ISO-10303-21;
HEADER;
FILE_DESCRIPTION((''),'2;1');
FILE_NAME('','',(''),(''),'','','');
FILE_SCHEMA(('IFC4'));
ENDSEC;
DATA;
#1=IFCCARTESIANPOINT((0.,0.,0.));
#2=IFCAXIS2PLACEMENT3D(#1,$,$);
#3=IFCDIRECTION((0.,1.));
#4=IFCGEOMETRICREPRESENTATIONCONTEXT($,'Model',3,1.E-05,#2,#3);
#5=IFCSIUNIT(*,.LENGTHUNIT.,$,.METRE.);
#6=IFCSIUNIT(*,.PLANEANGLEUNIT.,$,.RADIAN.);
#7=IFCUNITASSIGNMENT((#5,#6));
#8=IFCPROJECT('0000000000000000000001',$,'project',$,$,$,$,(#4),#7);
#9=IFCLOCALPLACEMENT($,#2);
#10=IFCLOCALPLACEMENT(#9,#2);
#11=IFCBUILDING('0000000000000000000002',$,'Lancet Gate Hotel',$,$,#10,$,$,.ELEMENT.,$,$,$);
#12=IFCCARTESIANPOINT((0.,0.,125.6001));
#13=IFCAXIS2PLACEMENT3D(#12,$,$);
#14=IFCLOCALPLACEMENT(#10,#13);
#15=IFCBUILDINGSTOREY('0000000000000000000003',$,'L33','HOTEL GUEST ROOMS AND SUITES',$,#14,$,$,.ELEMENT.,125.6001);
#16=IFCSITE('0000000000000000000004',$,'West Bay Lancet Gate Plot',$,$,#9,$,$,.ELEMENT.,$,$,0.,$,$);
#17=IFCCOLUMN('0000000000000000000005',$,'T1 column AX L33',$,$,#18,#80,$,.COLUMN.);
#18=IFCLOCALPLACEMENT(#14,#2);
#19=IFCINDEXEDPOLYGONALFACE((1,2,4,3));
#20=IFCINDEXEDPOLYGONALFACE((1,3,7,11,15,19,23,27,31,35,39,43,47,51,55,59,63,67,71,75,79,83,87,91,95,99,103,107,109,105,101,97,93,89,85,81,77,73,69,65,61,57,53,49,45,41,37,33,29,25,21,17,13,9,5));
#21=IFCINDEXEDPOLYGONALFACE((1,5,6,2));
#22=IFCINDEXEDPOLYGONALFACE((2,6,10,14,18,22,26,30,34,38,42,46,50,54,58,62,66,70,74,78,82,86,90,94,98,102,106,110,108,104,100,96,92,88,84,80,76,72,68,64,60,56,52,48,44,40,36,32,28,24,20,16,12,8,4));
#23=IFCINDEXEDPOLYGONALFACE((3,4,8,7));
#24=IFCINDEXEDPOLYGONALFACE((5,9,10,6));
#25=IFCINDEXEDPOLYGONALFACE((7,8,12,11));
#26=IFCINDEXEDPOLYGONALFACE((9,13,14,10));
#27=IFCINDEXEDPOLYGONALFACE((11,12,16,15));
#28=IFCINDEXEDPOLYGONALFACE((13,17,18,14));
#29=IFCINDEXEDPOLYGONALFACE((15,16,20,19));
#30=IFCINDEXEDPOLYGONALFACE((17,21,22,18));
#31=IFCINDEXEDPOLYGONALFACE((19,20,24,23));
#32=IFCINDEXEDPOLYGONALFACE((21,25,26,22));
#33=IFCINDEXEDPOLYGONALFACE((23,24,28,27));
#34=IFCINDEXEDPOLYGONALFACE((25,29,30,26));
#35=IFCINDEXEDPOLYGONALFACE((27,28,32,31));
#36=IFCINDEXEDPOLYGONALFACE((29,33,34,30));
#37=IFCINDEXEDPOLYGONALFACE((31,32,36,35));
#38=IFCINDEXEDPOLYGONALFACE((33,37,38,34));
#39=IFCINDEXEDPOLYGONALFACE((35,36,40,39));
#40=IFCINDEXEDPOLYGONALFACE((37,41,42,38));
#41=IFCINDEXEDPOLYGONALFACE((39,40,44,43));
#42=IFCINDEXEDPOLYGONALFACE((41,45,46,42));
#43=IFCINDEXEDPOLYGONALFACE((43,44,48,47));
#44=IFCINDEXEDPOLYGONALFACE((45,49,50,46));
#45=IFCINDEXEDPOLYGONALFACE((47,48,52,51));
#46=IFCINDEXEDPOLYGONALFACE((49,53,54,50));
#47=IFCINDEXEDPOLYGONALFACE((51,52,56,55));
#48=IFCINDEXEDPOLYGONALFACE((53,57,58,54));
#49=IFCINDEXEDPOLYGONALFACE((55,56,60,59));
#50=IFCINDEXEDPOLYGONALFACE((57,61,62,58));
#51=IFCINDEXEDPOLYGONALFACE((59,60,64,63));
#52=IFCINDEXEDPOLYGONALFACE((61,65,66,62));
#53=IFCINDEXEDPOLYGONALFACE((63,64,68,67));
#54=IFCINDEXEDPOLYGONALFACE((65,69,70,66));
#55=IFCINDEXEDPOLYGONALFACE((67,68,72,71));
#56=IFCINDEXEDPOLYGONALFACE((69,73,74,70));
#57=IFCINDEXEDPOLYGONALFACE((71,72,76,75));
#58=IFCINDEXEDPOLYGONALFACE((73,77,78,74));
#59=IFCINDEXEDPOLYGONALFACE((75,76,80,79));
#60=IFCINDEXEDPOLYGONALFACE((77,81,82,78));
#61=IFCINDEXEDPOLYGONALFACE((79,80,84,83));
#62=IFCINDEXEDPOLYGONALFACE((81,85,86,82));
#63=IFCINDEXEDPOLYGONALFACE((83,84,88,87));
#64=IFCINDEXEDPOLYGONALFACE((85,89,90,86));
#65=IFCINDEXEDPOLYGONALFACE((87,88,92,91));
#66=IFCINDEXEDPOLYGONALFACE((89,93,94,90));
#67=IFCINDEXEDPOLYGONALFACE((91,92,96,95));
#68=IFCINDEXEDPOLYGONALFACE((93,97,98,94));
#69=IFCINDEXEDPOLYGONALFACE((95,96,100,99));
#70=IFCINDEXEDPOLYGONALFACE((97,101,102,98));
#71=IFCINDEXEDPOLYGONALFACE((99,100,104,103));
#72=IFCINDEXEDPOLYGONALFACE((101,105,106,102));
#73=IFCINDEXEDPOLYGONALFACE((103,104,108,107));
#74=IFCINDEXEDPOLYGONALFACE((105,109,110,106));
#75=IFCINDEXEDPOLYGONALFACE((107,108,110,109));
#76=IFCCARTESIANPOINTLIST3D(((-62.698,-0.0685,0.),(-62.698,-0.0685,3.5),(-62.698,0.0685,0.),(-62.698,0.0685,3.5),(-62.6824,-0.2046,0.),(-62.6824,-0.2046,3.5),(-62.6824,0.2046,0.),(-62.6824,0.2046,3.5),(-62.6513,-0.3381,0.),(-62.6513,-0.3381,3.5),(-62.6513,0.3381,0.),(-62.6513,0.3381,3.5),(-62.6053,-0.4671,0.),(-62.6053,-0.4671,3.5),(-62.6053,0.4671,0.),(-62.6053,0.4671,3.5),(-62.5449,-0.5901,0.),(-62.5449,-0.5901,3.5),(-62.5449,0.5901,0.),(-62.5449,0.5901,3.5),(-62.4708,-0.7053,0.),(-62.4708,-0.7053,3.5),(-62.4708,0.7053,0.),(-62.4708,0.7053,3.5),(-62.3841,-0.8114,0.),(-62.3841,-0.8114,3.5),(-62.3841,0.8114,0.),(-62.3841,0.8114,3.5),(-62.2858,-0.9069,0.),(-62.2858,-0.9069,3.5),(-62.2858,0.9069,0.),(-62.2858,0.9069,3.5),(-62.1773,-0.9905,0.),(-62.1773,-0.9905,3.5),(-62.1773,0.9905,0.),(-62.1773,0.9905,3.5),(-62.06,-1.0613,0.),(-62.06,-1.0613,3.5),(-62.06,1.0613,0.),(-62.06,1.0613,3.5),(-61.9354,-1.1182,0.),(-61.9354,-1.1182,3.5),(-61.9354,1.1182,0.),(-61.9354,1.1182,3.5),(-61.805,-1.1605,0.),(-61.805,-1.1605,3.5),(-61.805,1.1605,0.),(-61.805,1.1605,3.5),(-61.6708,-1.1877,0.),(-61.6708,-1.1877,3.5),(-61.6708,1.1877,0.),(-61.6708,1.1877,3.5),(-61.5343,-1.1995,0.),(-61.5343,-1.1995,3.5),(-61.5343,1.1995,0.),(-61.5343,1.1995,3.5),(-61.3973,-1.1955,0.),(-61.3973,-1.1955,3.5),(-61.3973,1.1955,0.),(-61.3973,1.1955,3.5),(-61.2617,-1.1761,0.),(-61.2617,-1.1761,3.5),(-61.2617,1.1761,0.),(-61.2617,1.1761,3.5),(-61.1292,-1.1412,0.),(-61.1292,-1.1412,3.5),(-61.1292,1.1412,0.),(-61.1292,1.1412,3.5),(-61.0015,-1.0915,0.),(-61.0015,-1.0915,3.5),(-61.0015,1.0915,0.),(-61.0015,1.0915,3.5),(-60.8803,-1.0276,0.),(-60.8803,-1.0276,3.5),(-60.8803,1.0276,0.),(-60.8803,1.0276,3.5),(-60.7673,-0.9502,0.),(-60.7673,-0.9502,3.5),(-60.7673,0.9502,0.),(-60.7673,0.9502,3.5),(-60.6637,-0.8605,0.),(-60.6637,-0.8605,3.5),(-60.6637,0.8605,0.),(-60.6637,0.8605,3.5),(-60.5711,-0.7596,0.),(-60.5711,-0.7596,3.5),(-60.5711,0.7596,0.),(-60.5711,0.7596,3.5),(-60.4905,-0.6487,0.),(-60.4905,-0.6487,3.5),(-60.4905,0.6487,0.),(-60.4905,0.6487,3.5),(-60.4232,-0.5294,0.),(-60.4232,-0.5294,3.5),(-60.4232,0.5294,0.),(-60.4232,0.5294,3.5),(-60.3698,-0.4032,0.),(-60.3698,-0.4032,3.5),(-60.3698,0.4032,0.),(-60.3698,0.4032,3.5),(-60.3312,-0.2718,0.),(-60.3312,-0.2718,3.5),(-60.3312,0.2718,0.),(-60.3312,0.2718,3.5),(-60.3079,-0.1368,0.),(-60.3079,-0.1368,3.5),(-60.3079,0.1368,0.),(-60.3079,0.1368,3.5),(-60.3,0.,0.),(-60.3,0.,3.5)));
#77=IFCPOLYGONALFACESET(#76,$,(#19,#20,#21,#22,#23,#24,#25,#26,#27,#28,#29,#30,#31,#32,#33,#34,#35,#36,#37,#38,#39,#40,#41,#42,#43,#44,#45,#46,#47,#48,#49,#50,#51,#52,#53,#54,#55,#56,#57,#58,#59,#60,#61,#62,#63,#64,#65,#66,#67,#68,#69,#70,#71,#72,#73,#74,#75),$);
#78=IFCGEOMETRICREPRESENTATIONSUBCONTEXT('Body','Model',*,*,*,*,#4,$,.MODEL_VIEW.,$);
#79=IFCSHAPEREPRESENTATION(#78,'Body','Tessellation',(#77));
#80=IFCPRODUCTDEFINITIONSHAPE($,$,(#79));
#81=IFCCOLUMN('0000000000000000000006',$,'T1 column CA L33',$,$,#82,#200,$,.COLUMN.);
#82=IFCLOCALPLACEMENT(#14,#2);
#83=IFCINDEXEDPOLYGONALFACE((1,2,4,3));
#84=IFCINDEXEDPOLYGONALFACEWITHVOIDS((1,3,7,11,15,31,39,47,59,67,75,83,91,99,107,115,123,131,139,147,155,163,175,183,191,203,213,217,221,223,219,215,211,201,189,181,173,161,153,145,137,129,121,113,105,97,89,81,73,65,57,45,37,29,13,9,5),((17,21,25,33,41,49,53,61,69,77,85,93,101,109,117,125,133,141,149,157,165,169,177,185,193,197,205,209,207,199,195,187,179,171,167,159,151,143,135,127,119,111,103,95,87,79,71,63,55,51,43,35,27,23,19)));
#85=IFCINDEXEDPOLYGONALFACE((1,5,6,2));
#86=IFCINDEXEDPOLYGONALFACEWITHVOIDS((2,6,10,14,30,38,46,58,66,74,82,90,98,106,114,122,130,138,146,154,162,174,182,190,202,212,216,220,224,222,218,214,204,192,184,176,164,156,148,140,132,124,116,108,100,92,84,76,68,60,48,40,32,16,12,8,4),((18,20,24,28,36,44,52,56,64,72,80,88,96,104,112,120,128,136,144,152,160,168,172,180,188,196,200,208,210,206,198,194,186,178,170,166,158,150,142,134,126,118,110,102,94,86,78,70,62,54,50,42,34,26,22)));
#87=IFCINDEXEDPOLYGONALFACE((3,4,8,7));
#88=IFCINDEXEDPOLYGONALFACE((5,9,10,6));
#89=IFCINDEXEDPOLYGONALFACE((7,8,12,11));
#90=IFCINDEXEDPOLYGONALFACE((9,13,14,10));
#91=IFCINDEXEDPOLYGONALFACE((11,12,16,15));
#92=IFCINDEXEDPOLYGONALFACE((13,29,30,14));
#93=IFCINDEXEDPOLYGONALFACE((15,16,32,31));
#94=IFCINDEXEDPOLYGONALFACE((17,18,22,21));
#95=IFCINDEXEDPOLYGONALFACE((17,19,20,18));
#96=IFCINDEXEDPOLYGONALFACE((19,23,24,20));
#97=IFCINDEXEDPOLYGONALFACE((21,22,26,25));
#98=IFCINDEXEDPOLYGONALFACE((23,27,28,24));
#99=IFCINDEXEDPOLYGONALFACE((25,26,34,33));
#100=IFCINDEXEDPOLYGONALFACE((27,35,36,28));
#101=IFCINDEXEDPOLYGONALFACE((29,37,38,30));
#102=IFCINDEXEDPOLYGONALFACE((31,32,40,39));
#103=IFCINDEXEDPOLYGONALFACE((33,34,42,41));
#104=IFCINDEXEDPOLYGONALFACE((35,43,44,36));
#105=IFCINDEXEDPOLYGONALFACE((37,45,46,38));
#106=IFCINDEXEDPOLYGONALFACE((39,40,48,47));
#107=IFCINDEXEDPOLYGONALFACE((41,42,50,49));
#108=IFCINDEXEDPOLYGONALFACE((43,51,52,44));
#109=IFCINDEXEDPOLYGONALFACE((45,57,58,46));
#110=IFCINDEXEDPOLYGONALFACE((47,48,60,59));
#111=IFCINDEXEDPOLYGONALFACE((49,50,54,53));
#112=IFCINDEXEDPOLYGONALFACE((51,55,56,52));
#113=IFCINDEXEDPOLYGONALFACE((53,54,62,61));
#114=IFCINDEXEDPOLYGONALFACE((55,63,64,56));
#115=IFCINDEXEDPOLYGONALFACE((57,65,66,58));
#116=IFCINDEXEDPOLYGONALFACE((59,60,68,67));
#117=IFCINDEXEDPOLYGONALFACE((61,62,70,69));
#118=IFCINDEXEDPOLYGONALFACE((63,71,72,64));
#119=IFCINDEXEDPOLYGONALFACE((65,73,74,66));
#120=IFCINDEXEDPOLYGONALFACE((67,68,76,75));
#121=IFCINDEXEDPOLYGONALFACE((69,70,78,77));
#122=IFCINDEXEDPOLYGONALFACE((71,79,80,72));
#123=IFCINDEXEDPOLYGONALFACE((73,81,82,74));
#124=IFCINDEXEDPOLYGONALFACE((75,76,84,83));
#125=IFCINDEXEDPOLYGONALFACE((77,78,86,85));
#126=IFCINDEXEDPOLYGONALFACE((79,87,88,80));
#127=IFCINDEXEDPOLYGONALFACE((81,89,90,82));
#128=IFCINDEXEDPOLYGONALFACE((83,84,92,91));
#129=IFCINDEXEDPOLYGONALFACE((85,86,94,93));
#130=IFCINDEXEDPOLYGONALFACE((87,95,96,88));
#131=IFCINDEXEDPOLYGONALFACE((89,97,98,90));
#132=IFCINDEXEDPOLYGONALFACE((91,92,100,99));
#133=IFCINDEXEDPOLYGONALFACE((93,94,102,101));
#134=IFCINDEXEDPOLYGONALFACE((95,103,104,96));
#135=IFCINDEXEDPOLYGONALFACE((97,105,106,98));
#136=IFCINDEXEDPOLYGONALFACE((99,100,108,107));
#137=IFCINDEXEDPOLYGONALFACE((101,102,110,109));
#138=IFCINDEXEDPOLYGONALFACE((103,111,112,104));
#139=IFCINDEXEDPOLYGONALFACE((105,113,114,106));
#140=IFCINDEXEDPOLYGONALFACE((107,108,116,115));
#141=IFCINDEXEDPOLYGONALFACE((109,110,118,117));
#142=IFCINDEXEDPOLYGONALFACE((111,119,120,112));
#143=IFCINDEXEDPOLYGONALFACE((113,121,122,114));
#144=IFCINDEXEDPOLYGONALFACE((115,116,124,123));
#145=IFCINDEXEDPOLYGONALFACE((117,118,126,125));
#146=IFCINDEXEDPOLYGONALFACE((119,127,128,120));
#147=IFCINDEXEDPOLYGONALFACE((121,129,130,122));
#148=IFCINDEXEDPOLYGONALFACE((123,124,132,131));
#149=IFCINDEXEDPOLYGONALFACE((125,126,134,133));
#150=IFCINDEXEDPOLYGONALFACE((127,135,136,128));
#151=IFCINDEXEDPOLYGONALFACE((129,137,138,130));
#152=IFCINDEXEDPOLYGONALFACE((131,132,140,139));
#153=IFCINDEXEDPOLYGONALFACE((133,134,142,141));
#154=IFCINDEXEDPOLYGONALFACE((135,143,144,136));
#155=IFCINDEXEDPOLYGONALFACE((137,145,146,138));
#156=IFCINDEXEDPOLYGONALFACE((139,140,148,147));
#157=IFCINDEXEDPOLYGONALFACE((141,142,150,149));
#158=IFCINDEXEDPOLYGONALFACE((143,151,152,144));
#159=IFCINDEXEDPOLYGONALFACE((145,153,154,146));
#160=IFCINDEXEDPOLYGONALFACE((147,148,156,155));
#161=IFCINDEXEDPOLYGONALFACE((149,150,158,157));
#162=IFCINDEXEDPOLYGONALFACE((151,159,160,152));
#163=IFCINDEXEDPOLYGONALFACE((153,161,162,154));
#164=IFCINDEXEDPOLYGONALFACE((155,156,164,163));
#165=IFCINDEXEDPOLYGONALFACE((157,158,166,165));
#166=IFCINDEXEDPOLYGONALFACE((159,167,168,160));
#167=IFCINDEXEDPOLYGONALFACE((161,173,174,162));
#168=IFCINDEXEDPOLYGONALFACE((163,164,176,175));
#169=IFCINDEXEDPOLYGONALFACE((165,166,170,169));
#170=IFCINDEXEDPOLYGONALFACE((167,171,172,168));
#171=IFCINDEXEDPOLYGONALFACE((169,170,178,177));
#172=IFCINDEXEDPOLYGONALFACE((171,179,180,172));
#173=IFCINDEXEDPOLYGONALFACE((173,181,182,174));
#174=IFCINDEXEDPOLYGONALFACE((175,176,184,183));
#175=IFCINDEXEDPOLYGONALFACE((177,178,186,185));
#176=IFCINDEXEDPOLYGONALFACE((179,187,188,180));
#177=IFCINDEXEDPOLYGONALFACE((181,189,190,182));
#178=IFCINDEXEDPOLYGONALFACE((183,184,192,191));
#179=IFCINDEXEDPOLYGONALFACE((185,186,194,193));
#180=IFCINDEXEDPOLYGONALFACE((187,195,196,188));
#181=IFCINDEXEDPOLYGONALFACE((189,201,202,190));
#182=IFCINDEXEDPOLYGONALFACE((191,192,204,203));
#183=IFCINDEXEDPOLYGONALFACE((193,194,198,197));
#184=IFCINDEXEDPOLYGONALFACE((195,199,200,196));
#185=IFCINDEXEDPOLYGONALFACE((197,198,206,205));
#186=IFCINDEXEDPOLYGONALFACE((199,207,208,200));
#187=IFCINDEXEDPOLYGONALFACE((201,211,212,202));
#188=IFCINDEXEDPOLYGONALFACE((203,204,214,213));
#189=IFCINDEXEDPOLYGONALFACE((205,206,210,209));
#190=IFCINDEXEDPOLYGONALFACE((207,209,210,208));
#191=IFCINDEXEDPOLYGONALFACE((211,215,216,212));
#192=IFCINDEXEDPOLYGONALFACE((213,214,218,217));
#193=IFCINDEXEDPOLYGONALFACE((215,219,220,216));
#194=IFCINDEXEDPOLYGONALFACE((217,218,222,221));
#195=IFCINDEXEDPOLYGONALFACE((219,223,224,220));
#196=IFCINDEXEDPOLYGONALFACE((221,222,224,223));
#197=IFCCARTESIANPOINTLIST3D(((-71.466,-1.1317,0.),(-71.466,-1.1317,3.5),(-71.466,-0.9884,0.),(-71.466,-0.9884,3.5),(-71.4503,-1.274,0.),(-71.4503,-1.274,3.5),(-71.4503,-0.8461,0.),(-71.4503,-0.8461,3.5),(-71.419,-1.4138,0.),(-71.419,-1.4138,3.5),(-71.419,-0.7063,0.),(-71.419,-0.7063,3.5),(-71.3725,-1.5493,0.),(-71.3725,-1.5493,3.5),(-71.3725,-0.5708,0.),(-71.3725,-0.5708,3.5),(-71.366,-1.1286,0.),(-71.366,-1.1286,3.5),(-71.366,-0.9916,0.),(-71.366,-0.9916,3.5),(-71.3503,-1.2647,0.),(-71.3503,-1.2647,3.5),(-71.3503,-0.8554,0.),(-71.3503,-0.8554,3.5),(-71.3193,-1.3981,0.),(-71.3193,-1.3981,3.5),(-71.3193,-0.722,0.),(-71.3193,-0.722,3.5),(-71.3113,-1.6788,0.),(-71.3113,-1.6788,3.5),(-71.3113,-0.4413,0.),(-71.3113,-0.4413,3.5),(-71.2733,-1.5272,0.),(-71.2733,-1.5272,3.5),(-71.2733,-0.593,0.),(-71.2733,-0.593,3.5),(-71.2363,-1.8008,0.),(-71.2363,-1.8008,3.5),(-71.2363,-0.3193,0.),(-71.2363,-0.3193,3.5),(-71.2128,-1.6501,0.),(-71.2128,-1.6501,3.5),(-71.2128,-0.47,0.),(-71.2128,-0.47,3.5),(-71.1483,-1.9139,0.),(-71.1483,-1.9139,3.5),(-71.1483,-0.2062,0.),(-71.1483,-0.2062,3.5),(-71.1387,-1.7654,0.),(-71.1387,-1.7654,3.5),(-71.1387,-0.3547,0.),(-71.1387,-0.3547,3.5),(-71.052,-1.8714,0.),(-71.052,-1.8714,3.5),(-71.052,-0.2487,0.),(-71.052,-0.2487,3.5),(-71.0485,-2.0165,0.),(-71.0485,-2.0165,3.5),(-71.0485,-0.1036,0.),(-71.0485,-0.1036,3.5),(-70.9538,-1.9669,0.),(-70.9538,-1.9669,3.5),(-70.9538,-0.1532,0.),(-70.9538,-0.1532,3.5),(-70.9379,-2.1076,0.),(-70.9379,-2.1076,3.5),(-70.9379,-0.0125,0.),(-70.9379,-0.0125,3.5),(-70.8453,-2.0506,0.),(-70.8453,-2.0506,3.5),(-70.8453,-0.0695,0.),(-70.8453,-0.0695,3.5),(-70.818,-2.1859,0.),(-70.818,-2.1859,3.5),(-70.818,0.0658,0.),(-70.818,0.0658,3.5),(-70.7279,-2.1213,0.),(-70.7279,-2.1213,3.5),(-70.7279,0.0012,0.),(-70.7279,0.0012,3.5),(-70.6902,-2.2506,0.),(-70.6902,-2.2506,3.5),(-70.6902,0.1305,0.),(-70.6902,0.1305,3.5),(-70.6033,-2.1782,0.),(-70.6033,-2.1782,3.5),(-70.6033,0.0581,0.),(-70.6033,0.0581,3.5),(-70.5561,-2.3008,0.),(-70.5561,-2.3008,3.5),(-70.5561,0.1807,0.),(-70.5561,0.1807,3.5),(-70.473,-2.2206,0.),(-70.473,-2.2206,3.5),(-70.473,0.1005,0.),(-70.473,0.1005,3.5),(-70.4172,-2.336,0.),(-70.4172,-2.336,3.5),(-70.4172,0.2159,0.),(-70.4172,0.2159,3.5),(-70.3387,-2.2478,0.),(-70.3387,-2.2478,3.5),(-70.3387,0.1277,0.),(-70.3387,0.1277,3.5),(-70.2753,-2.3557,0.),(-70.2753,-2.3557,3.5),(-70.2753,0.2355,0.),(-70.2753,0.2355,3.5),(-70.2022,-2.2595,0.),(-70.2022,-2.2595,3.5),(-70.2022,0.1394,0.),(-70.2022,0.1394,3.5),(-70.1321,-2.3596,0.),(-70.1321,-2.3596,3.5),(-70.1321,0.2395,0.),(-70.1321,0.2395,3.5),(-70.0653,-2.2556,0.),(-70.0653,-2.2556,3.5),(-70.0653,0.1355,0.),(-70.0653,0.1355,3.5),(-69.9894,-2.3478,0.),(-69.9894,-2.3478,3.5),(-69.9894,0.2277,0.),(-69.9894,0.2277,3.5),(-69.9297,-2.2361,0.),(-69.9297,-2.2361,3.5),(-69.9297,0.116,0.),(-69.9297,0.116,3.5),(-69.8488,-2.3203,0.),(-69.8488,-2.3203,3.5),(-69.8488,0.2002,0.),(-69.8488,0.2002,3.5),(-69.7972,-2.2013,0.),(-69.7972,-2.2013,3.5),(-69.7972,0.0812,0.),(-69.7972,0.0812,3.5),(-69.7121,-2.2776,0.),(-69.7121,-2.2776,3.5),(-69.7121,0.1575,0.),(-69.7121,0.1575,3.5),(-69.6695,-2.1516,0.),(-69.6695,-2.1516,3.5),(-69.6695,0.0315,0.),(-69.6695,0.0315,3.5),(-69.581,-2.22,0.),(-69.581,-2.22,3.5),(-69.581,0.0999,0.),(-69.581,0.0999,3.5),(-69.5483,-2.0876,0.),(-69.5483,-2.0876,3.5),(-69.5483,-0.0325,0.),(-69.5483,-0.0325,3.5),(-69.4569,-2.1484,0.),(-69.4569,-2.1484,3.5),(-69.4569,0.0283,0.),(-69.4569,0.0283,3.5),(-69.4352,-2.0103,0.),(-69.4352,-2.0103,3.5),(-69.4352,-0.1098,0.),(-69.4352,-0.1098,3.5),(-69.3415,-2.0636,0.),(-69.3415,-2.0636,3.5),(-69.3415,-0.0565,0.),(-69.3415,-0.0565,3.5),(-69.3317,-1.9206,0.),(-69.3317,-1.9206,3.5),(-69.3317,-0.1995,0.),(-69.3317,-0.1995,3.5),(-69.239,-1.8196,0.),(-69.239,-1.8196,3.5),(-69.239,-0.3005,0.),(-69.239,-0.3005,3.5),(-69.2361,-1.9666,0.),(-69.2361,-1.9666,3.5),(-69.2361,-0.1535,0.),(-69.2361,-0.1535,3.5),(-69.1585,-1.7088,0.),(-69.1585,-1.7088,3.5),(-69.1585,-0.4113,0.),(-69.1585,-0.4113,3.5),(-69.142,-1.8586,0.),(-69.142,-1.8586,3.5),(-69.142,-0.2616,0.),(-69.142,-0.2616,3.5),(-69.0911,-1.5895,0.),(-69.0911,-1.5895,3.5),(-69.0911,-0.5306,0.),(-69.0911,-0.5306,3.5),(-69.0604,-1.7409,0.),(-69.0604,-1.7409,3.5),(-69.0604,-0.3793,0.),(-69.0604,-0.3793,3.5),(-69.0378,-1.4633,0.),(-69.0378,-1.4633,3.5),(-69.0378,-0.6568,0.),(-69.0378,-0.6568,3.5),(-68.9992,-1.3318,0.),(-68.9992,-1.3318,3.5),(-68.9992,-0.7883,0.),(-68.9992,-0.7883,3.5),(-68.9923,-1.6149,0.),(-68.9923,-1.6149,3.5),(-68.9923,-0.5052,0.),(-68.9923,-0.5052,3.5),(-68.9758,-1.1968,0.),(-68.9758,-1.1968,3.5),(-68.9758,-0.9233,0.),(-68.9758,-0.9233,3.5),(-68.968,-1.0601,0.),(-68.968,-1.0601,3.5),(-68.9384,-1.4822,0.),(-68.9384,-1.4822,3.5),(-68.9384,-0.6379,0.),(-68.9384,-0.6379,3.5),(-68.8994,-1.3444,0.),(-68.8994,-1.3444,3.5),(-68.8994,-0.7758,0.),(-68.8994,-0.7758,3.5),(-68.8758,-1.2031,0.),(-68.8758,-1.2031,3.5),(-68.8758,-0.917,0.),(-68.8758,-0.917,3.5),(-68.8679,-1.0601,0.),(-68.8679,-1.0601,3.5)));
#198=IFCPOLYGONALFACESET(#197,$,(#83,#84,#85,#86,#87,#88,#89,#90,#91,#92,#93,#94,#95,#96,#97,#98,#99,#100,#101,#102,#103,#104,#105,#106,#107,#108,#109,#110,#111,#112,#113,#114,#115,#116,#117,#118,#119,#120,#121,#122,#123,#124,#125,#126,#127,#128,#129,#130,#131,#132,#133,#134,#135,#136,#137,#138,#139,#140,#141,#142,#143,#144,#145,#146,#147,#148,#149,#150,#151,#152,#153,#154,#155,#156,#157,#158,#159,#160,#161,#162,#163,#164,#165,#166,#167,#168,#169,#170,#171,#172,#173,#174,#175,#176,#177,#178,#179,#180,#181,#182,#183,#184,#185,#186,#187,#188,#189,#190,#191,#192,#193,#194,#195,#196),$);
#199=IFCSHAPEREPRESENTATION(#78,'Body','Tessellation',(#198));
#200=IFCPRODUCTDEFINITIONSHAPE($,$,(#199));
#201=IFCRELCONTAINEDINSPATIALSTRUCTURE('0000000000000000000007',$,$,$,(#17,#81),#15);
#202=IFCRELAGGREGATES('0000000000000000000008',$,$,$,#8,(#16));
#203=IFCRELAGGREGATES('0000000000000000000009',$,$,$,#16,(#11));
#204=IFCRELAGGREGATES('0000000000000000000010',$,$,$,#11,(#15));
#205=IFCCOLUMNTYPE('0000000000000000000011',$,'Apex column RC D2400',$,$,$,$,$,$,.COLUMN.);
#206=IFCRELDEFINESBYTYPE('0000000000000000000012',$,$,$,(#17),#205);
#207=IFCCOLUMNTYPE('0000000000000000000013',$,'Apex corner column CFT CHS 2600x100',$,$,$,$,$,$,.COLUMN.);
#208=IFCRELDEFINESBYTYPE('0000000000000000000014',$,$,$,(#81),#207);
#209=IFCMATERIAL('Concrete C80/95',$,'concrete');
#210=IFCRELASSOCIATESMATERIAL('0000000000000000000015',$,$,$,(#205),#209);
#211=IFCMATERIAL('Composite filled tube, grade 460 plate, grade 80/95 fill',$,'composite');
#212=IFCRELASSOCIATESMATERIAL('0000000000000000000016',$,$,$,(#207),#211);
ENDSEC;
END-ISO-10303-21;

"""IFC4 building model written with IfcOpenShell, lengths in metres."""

from ifc_helpers import new_model, si_unit, direction, frame, origin, origin_2d, place, context, subcontext, project, spatial, circle, hollow_circle, extrude, material, material_profile, profile_set, type_object, element, save


model = new_model("IFC4")

# Units and contexts
model_context = context("Model", 3, precision=1e-05, world=origin(), true_north=direction((0.0, 1.0)))
body_context = subcontext(model_context, "Body", "Model", "MODEL_VIEW")
ifc_project = project(units=[si_unit("LENGTHUNIT", "METRE"), si_unit("PLANEANGLEUNIT", "RADIAN")], contexts=[model_context])

# Site, building, storey
site_placement = place(None, origin())
site = spatial("IfcSite", under=ifc_project, at=site_placement, Name="West Bay Lancet Gate Plot", CompositionType="ELEMENT", RefElevation=0.0)
building_placement = place(site_placement, origin())
building = spatial("IfcBuilding", under=site, at=building_placement, Name="Lancet Gate Hotel", CompositionType="ELEMENT")
storey_placement = place(building_placement, frame((0.0, 0.0, 125.6001)))
storey = spatial("IfcBuildingStorey", under=building, at=storey_placement, Name="L33", Description="HOTEL GUEST ROOMS AND SUITES", CompositionType="ELEMENT", Elevation=125.6001)

# Columns
ifc_material_1 = material(Name="Concrete C80/95", Category="concrete")
ifc_material_profile_1 = material_profile(ifc_material_1, circle(Radius=1.2, at=origin_2d()), Name="RC D2400")
ifc_profile_set_1 = profile_set([ifc_material_profile_1], Name="Concrete C80/95")
column_type_1 = type_object("IfcColumnType", Name="Apex column RC D2400", PredefinedType="COLUMN", material=ifc_profile_set_1)
column_1_placement = place(storey_placement, frame((-61.5, 0.0, 0.0), z_axis=(0.0, 0.0, 1.0), x_axis=(1.0, 0.0, 0.0)))
element("IfcColumn", 1, at=column_1_placement, inside=storey, type_object=column_type_1, Name="T1 column AX L33", PredefinedType="COLUMN", context=body_context, shape_type="SweptSolid", body=[
    extrude(circle(Radius=1.2, at=origin_2d()), origin(), (0.0, 0.0, 1.0), 3.5),
])
ifc_material_2 = material(Name="Composite filled tube, grade 460 plate, grade 80/95 fill", Category="composite")
ifc_material_profile_2 = material_profile(ifc_material_2, hollow_circle(Radius=1.3, WallThickness=0.1001, at=origin_2d()), Name="CHS 2600x100")
ifc_profile_set_2 = profile_set([ifc_material_profile_2], Name="Composite filled tube, grade 460 plate, grade 80/95 fill")
column_type_2 = type_object("IfcColumnType", Name="Apex corner column CFT CHS 2600x100", PredefinedType="COLUMN", material=ifc_profile_set_2)
column_2_placement = place(storey_placement, frame((-70.168, -1.0601, 0.0), z_axis=(0.0, 0.0, 1.0), x_axis=(1.0, 0.0, 0.0)))
element("IfcColumn", 2, at=column_2_placement, inside=storey, type_object=column_type_2, Name="T1 column CA L33", PredefinedType="COLUMN", context=body_context, shape_type="SweptSolid", body=[
    extrude(hollow_circle(Radius=1.3, WallThickness=0.1001, at=origin_2d()), origin(), (0.0, 0.0, 1.0), 3.5),
])

save(model, "model.ifc")
